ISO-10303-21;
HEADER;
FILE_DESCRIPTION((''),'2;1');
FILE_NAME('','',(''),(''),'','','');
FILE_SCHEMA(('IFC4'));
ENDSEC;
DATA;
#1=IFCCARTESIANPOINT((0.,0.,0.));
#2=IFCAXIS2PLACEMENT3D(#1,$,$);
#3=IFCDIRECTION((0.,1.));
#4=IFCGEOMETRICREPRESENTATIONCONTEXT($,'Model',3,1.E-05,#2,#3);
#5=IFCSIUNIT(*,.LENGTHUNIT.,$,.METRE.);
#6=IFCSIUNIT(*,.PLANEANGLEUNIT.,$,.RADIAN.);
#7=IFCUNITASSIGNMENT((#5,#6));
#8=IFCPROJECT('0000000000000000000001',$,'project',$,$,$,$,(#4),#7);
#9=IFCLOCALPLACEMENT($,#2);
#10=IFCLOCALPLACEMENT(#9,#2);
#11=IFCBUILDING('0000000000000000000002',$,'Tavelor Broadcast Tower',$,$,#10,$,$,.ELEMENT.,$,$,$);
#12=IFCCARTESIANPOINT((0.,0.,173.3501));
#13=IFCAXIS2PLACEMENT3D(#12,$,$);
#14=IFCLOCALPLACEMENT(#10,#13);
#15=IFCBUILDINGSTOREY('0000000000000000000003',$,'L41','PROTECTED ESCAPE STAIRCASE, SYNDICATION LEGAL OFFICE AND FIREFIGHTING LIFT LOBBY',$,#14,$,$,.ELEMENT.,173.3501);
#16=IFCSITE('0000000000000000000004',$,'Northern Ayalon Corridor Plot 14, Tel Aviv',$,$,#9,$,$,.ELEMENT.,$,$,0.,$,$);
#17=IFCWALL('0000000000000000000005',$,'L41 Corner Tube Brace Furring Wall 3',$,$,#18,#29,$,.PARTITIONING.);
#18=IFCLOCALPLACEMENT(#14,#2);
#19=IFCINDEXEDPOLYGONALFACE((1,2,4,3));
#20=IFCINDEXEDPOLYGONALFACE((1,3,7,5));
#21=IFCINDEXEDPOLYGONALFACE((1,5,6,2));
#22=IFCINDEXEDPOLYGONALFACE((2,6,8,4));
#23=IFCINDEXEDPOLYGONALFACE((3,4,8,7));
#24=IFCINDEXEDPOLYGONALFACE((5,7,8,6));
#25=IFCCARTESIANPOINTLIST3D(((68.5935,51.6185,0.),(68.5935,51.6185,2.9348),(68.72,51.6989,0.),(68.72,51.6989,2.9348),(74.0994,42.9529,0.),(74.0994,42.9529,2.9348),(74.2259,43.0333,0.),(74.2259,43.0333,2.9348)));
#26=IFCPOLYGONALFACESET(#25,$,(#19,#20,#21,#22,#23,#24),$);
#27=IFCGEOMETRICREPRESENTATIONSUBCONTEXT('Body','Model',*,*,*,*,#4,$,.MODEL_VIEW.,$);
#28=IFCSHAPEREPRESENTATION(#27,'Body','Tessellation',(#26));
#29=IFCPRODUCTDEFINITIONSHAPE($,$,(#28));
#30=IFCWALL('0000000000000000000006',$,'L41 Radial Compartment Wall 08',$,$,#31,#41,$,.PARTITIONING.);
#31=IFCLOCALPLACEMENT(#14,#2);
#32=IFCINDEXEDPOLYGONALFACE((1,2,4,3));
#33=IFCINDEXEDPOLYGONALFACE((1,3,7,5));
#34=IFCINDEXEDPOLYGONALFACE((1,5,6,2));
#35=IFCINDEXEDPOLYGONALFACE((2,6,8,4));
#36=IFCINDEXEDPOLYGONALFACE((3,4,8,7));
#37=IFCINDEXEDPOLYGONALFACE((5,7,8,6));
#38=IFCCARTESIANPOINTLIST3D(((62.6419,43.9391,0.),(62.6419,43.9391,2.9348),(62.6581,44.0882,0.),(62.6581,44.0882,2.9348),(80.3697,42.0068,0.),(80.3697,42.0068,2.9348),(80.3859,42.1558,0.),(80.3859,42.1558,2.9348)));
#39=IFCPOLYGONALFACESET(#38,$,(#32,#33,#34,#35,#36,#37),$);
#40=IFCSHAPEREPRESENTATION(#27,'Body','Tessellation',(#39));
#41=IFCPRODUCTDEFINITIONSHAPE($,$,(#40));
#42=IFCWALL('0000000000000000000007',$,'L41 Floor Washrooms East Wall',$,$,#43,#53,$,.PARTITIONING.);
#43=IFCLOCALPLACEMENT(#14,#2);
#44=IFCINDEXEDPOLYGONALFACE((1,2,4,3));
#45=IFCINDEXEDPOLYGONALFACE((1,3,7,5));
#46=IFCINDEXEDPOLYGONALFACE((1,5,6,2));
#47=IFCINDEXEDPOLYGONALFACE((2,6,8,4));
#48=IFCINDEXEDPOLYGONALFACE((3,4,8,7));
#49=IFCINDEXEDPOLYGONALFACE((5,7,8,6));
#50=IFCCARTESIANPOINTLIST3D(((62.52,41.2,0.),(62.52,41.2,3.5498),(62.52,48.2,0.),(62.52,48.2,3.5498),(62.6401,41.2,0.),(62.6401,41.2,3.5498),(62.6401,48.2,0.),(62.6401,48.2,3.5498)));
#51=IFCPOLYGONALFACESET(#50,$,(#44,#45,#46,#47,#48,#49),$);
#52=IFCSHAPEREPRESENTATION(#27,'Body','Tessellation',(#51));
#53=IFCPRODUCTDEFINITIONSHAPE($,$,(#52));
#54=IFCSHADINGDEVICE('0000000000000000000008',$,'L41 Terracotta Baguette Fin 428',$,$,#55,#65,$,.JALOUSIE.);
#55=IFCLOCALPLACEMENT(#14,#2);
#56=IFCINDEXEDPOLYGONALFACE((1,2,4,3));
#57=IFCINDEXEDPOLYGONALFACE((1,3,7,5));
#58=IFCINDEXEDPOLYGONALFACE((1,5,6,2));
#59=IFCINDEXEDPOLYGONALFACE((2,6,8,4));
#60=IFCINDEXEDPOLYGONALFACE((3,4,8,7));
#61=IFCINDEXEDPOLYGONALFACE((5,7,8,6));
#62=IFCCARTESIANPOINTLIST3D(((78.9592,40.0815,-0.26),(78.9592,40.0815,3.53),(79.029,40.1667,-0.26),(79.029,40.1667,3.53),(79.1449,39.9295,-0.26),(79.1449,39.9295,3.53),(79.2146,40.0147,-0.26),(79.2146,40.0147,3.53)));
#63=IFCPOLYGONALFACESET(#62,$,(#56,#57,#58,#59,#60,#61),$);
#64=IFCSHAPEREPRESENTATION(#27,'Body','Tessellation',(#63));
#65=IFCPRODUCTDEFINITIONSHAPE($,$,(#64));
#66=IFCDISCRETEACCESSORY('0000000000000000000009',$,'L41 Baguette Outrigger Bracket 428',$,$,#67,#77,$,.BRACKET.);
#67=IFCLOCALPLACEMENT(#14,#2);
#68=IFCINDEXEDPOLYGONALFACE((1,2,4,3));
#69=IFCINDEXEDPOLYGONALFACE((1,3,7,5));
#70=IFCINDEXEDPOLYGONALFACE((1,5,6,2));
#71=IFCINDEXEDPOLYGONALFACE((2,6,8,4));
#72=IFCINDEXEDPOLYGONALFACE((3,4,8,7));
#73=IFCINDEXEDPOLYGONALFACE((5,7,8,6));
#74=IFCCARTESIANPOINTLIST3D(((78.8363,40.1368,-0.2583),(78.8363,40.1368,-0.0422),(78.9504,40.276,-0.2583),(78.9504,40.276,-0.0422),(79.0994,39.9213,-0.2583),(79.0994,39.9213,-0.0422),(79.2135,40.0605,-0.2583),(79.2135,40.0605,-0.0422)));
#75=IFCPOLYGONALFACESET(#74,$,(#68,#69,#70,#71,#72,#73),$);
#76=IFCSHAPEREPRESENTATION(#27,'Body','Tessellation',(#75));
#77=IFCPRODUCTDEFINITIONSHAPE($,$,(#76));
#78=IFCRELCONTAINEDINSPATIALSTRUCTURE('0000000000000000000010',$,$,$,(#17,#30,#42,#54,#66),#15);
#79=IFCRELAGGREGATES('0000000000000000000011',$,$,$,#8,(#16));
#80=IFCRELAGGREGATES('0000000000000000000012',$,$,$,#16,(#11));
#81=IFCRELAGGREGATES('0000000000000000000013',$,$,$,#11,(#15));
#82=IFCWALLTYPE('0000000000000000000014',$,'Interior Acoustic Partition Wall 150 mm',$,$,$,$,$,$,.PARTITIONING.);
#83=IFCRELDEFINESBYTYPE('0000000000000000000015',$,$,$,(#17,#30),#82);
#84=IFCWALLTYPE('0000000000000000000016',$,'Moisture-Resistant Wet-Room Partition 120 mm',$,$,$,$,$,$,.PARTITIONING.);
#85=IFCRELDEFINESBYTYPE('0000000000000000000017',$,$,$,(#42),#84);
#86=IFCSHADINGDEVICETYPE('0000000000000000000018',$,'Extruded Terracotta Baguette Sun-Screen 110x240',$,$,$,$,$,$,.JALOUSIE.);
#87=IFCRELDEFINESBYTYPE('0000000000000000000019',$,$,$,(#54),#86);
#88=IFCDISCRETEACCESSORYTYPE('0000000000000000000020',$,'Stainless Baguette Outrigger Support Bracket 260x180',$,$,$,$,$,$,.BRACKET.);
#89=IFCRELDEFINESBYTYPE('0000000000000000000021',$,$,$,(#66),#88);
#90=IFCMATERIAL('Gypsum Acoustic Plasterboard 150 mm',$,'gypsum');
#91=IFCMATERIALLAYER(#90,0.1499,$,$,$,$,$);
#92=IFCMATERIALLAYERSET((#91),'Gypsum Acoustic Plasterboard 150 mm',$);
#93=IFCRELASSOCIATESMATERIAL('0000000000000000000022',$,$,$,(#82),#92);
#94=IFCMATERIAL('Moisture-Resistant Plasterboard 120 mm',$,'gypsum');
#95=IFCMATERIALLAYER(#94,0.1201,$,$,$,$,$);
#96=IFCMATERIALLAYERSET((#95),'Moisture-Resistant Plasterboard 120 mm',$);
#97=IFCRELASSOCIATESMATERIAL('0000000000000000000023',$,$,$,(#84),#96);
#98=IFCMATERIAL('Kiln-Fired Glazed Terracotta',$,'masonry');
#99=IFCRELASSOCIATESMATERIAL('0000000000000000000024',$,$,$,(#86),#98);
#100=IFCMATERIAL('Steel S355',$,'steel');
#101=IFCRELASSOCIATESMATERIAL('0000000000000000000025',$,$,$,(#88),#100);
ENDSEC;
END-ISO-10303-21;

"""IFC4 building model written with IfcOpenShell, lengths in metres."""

from ifc_helpers import new_model, si_unit, direction, frame, frame_2d, origin, origin_2d, place, context, subcontext, project, spatial, rectangle, extrude, source, transform, mapped, material, layer, layer_set, type_object, type_shapes, element, save


model = new_model("IFC4")

# Units and contexts
model_context = context("Model", 3, precision=1e-05, world=origin(), true_north=direction((0.0, 1.0)))
body_context = subcontext(model_context, "Body", "Model", "MODEL_VIEW")
ifc_project = project(units=[si_unit("LENGTHUNIT", "METRE"), si_unit("PLANEANGLEUNIT", "RADIAN")], contexts=[model_context])

# Site, building, storey
site_placement = place(None, origin())
site = spatial("IfcSite", under=ifc_project, at=site_placement, Name="Northern Ayalon Corridor Plot 14, Tel Aviv", CompositionType="ELEMENT", RefElevation=0.0)
building_placement = place(site_placement, origin())
building = spatial("IfcBuilding", under=site, at=building_placement, Name="Tavelor Broadcast Tower", CompositionType="ELEMENT")
storey_placement = place(building_placement, frame((0.0, 0.0, 173.3501)))
storey = spatial("IfcBuildingStorey", under=building, at=storey_placement, Name="L41", Description="PROTECTED ESCAPE STAIRCASE, SYNDICATION LEGAL OFFICE AND FIREFIGHTING LIFT LOBBY", CompositionType="ELEMENT", Elevation=173.3501)

# Shared definitions
ifc_material_1 = material(Name="Steel S355", Category="steel")

# Walls
ifc_material_2 = material(Name="Gypsum Acoustic Plasterboard 150 mm", Category="gypsum")
ifc_layer_1 = layer(ifc_material_2, 0.1499)
ifc_layer_set_1 = layer_set([ifc_layer_1], Name="Gypsum Acoustic Plasterboard 150 mm")
wall_type_1 = type_object("IfcWallType", Name="Interior Acoustic Partition Wall 150 mm", PredefinedType="PARTITIONING", material=ifc_layer_set_1)
wall_1_placement = place(storey_placement, frame((74.1626, 42.9932, 0.0), z_axis=(0.0, 0.0, 1.0), x_axis=(-0.536281, 0.844039, 0.0)))
element("IfcWall", 1, at=wall_1_placement, inside=storey, type_object=wall_type_1, Name="L41 Corner Tube Brace Furring Wall 3", PredefinedType="PARTITIONING", context=body_context, shape_type="SweptSolid", body=[
    extrude(rectangle(XDim=10.2668, YDim=0.1499, at=frame_2d((5.1333, 0.0))), origin(), (0.0, 0.0, 1.0), 2.9348),
])
wall_2_placement = place(storey_placement, frame((62.6499, 44.0137, 0.0), z_axis=(0.0, 0.0, 1.0), x_axis=(0.994112, -0.108361, 0.0)))
element("IfcWall", 2, at=wall_2_placement, inside=storey, type_object=wall_type_1, Name="L41 Radial Compartment Wall 08", PredefinedType="PARTITIONING", context=body_context, shape_type="SweptSolid", body=[
    extrude(rectangle(XDim=17.8328, YDim=0.1499, at=frame_2d((8.9165, 0.0))), origin(), (0.0, 0.0, 1.0), 2.9348),
])
ifc_material_3 = material(Name="Moisture-Resistant Plasterboard 120 mm", Category="gypsum")
ifc_layer_2 = layer(ifc_material_3, 0.1201)
ifc_layer_set_2 = layer_set([ifc_layer_2], Name="Moisture-Resistant Plasterboard 120 mm")
wall_type_2 = type_object("IfcWallType", Name="Moisture-Resistant Wet-Room Partition 120 mm", PredefinedType="PARTITIONING", material=ifc_layer_set_2)
wall_3_placement = place(storey_placement, frame((62.5801, 41.2, 0.0), z_axis=(0.0, 0.0, 1.0), x_axis=(0.0, 1.0, 0.0)))
element("IfcWall", 3, at=wall_3_placement, inside=storey, type_object=wall_type_2, Name="L41 Floor Washrooms East Wall", PredefinedType="PARTITIONING", context=body_context, shape_type="SweptSolid", body=[
    extrude(rectangle(XDim=7.0, YDim=0.1201, at=frame_2d((3.5, 0.0))), origin(), (0.0, 0.0, 1.0), 3.5498),
])

# Shading device
ifc_material_4 = material(Name="Kiln-Fired Glazed Terracotta", Category="masonry")
shading_device_type = type_object("IfcShadingDeviceType", Name="Extruded Terracotta Baguette Sun-Screen 110x240", PredefinedType="JALOUSIE", material=ifc_material_4)
shared_shape_1 = source(origin(), body_context, "Body", "SweptSolid", [
    extrude(rectangle(XDim=0.1101, YDim=0.24, at=origin_2d()), origin(), (0.0, 0.0, 1.0), 3.79),
])
type_shapes(shading_device_type, [shared_shape_1])
shading_device_placement = place(storey_placement, frame((79.0869, 40.0481, -0.26), z_axis=(0.0, 0.0, 1.0), x_axis=(0.633651, 0.773619, 0.0)))
element("IfcShadingDevice", 4, at=shading_device_placement, inside=storey, type_object=shading_device_type, Name="L41 Terracotta Baguette Fin 428", PredefinedType="JALOUSIE", context=body_context, shape_type="MappedRepresentation", body=[
    mapped(shared_shape_1, transform((0.0, 0.0, 0.0), scale=1.0)),
])

# Discrete accessory
discrete_accessory_type = type_object("IfcDiscreteAccessoryType", Name="Stainless Baguette Outrigger Support Bracket 260x180", PredefinedType="BRACKET", material=ifc_material_1)
shared_shape_2 = source(origin(), body_context, "Body", "SweptSolid", [
    extrude(rectangle(XDim=0.1799, YDim=0.3401, at=origin_2d()), origin(), (0.0, 0.0, 1.0), 0.2161),
])
type_shapes(discrete_accessory_type, [shared_shape_2])
discrete_accessory_placement = place(storey_placement, frame((79.0249, 40.0986, -0.2583), z_axis=(0.0, 0.0, 1.0), x_axis=(0.633651, 0.773619, 0.0)))
element("IfcDiscreteAccessory", 5, at=discrete_accessory_placement, inside=storey, type_object=discrete_accessory_type, Name="L41 Baguette Outrigger Bracket 428", PredefinedType="BRACKET", context=body_context, shape_type="MappedRepresentation", body=[
    mapped(shared_shape_2, transform((0.0, 0.0, 0.0), scale=1.0)),
])

save(model, "model.ifc")
